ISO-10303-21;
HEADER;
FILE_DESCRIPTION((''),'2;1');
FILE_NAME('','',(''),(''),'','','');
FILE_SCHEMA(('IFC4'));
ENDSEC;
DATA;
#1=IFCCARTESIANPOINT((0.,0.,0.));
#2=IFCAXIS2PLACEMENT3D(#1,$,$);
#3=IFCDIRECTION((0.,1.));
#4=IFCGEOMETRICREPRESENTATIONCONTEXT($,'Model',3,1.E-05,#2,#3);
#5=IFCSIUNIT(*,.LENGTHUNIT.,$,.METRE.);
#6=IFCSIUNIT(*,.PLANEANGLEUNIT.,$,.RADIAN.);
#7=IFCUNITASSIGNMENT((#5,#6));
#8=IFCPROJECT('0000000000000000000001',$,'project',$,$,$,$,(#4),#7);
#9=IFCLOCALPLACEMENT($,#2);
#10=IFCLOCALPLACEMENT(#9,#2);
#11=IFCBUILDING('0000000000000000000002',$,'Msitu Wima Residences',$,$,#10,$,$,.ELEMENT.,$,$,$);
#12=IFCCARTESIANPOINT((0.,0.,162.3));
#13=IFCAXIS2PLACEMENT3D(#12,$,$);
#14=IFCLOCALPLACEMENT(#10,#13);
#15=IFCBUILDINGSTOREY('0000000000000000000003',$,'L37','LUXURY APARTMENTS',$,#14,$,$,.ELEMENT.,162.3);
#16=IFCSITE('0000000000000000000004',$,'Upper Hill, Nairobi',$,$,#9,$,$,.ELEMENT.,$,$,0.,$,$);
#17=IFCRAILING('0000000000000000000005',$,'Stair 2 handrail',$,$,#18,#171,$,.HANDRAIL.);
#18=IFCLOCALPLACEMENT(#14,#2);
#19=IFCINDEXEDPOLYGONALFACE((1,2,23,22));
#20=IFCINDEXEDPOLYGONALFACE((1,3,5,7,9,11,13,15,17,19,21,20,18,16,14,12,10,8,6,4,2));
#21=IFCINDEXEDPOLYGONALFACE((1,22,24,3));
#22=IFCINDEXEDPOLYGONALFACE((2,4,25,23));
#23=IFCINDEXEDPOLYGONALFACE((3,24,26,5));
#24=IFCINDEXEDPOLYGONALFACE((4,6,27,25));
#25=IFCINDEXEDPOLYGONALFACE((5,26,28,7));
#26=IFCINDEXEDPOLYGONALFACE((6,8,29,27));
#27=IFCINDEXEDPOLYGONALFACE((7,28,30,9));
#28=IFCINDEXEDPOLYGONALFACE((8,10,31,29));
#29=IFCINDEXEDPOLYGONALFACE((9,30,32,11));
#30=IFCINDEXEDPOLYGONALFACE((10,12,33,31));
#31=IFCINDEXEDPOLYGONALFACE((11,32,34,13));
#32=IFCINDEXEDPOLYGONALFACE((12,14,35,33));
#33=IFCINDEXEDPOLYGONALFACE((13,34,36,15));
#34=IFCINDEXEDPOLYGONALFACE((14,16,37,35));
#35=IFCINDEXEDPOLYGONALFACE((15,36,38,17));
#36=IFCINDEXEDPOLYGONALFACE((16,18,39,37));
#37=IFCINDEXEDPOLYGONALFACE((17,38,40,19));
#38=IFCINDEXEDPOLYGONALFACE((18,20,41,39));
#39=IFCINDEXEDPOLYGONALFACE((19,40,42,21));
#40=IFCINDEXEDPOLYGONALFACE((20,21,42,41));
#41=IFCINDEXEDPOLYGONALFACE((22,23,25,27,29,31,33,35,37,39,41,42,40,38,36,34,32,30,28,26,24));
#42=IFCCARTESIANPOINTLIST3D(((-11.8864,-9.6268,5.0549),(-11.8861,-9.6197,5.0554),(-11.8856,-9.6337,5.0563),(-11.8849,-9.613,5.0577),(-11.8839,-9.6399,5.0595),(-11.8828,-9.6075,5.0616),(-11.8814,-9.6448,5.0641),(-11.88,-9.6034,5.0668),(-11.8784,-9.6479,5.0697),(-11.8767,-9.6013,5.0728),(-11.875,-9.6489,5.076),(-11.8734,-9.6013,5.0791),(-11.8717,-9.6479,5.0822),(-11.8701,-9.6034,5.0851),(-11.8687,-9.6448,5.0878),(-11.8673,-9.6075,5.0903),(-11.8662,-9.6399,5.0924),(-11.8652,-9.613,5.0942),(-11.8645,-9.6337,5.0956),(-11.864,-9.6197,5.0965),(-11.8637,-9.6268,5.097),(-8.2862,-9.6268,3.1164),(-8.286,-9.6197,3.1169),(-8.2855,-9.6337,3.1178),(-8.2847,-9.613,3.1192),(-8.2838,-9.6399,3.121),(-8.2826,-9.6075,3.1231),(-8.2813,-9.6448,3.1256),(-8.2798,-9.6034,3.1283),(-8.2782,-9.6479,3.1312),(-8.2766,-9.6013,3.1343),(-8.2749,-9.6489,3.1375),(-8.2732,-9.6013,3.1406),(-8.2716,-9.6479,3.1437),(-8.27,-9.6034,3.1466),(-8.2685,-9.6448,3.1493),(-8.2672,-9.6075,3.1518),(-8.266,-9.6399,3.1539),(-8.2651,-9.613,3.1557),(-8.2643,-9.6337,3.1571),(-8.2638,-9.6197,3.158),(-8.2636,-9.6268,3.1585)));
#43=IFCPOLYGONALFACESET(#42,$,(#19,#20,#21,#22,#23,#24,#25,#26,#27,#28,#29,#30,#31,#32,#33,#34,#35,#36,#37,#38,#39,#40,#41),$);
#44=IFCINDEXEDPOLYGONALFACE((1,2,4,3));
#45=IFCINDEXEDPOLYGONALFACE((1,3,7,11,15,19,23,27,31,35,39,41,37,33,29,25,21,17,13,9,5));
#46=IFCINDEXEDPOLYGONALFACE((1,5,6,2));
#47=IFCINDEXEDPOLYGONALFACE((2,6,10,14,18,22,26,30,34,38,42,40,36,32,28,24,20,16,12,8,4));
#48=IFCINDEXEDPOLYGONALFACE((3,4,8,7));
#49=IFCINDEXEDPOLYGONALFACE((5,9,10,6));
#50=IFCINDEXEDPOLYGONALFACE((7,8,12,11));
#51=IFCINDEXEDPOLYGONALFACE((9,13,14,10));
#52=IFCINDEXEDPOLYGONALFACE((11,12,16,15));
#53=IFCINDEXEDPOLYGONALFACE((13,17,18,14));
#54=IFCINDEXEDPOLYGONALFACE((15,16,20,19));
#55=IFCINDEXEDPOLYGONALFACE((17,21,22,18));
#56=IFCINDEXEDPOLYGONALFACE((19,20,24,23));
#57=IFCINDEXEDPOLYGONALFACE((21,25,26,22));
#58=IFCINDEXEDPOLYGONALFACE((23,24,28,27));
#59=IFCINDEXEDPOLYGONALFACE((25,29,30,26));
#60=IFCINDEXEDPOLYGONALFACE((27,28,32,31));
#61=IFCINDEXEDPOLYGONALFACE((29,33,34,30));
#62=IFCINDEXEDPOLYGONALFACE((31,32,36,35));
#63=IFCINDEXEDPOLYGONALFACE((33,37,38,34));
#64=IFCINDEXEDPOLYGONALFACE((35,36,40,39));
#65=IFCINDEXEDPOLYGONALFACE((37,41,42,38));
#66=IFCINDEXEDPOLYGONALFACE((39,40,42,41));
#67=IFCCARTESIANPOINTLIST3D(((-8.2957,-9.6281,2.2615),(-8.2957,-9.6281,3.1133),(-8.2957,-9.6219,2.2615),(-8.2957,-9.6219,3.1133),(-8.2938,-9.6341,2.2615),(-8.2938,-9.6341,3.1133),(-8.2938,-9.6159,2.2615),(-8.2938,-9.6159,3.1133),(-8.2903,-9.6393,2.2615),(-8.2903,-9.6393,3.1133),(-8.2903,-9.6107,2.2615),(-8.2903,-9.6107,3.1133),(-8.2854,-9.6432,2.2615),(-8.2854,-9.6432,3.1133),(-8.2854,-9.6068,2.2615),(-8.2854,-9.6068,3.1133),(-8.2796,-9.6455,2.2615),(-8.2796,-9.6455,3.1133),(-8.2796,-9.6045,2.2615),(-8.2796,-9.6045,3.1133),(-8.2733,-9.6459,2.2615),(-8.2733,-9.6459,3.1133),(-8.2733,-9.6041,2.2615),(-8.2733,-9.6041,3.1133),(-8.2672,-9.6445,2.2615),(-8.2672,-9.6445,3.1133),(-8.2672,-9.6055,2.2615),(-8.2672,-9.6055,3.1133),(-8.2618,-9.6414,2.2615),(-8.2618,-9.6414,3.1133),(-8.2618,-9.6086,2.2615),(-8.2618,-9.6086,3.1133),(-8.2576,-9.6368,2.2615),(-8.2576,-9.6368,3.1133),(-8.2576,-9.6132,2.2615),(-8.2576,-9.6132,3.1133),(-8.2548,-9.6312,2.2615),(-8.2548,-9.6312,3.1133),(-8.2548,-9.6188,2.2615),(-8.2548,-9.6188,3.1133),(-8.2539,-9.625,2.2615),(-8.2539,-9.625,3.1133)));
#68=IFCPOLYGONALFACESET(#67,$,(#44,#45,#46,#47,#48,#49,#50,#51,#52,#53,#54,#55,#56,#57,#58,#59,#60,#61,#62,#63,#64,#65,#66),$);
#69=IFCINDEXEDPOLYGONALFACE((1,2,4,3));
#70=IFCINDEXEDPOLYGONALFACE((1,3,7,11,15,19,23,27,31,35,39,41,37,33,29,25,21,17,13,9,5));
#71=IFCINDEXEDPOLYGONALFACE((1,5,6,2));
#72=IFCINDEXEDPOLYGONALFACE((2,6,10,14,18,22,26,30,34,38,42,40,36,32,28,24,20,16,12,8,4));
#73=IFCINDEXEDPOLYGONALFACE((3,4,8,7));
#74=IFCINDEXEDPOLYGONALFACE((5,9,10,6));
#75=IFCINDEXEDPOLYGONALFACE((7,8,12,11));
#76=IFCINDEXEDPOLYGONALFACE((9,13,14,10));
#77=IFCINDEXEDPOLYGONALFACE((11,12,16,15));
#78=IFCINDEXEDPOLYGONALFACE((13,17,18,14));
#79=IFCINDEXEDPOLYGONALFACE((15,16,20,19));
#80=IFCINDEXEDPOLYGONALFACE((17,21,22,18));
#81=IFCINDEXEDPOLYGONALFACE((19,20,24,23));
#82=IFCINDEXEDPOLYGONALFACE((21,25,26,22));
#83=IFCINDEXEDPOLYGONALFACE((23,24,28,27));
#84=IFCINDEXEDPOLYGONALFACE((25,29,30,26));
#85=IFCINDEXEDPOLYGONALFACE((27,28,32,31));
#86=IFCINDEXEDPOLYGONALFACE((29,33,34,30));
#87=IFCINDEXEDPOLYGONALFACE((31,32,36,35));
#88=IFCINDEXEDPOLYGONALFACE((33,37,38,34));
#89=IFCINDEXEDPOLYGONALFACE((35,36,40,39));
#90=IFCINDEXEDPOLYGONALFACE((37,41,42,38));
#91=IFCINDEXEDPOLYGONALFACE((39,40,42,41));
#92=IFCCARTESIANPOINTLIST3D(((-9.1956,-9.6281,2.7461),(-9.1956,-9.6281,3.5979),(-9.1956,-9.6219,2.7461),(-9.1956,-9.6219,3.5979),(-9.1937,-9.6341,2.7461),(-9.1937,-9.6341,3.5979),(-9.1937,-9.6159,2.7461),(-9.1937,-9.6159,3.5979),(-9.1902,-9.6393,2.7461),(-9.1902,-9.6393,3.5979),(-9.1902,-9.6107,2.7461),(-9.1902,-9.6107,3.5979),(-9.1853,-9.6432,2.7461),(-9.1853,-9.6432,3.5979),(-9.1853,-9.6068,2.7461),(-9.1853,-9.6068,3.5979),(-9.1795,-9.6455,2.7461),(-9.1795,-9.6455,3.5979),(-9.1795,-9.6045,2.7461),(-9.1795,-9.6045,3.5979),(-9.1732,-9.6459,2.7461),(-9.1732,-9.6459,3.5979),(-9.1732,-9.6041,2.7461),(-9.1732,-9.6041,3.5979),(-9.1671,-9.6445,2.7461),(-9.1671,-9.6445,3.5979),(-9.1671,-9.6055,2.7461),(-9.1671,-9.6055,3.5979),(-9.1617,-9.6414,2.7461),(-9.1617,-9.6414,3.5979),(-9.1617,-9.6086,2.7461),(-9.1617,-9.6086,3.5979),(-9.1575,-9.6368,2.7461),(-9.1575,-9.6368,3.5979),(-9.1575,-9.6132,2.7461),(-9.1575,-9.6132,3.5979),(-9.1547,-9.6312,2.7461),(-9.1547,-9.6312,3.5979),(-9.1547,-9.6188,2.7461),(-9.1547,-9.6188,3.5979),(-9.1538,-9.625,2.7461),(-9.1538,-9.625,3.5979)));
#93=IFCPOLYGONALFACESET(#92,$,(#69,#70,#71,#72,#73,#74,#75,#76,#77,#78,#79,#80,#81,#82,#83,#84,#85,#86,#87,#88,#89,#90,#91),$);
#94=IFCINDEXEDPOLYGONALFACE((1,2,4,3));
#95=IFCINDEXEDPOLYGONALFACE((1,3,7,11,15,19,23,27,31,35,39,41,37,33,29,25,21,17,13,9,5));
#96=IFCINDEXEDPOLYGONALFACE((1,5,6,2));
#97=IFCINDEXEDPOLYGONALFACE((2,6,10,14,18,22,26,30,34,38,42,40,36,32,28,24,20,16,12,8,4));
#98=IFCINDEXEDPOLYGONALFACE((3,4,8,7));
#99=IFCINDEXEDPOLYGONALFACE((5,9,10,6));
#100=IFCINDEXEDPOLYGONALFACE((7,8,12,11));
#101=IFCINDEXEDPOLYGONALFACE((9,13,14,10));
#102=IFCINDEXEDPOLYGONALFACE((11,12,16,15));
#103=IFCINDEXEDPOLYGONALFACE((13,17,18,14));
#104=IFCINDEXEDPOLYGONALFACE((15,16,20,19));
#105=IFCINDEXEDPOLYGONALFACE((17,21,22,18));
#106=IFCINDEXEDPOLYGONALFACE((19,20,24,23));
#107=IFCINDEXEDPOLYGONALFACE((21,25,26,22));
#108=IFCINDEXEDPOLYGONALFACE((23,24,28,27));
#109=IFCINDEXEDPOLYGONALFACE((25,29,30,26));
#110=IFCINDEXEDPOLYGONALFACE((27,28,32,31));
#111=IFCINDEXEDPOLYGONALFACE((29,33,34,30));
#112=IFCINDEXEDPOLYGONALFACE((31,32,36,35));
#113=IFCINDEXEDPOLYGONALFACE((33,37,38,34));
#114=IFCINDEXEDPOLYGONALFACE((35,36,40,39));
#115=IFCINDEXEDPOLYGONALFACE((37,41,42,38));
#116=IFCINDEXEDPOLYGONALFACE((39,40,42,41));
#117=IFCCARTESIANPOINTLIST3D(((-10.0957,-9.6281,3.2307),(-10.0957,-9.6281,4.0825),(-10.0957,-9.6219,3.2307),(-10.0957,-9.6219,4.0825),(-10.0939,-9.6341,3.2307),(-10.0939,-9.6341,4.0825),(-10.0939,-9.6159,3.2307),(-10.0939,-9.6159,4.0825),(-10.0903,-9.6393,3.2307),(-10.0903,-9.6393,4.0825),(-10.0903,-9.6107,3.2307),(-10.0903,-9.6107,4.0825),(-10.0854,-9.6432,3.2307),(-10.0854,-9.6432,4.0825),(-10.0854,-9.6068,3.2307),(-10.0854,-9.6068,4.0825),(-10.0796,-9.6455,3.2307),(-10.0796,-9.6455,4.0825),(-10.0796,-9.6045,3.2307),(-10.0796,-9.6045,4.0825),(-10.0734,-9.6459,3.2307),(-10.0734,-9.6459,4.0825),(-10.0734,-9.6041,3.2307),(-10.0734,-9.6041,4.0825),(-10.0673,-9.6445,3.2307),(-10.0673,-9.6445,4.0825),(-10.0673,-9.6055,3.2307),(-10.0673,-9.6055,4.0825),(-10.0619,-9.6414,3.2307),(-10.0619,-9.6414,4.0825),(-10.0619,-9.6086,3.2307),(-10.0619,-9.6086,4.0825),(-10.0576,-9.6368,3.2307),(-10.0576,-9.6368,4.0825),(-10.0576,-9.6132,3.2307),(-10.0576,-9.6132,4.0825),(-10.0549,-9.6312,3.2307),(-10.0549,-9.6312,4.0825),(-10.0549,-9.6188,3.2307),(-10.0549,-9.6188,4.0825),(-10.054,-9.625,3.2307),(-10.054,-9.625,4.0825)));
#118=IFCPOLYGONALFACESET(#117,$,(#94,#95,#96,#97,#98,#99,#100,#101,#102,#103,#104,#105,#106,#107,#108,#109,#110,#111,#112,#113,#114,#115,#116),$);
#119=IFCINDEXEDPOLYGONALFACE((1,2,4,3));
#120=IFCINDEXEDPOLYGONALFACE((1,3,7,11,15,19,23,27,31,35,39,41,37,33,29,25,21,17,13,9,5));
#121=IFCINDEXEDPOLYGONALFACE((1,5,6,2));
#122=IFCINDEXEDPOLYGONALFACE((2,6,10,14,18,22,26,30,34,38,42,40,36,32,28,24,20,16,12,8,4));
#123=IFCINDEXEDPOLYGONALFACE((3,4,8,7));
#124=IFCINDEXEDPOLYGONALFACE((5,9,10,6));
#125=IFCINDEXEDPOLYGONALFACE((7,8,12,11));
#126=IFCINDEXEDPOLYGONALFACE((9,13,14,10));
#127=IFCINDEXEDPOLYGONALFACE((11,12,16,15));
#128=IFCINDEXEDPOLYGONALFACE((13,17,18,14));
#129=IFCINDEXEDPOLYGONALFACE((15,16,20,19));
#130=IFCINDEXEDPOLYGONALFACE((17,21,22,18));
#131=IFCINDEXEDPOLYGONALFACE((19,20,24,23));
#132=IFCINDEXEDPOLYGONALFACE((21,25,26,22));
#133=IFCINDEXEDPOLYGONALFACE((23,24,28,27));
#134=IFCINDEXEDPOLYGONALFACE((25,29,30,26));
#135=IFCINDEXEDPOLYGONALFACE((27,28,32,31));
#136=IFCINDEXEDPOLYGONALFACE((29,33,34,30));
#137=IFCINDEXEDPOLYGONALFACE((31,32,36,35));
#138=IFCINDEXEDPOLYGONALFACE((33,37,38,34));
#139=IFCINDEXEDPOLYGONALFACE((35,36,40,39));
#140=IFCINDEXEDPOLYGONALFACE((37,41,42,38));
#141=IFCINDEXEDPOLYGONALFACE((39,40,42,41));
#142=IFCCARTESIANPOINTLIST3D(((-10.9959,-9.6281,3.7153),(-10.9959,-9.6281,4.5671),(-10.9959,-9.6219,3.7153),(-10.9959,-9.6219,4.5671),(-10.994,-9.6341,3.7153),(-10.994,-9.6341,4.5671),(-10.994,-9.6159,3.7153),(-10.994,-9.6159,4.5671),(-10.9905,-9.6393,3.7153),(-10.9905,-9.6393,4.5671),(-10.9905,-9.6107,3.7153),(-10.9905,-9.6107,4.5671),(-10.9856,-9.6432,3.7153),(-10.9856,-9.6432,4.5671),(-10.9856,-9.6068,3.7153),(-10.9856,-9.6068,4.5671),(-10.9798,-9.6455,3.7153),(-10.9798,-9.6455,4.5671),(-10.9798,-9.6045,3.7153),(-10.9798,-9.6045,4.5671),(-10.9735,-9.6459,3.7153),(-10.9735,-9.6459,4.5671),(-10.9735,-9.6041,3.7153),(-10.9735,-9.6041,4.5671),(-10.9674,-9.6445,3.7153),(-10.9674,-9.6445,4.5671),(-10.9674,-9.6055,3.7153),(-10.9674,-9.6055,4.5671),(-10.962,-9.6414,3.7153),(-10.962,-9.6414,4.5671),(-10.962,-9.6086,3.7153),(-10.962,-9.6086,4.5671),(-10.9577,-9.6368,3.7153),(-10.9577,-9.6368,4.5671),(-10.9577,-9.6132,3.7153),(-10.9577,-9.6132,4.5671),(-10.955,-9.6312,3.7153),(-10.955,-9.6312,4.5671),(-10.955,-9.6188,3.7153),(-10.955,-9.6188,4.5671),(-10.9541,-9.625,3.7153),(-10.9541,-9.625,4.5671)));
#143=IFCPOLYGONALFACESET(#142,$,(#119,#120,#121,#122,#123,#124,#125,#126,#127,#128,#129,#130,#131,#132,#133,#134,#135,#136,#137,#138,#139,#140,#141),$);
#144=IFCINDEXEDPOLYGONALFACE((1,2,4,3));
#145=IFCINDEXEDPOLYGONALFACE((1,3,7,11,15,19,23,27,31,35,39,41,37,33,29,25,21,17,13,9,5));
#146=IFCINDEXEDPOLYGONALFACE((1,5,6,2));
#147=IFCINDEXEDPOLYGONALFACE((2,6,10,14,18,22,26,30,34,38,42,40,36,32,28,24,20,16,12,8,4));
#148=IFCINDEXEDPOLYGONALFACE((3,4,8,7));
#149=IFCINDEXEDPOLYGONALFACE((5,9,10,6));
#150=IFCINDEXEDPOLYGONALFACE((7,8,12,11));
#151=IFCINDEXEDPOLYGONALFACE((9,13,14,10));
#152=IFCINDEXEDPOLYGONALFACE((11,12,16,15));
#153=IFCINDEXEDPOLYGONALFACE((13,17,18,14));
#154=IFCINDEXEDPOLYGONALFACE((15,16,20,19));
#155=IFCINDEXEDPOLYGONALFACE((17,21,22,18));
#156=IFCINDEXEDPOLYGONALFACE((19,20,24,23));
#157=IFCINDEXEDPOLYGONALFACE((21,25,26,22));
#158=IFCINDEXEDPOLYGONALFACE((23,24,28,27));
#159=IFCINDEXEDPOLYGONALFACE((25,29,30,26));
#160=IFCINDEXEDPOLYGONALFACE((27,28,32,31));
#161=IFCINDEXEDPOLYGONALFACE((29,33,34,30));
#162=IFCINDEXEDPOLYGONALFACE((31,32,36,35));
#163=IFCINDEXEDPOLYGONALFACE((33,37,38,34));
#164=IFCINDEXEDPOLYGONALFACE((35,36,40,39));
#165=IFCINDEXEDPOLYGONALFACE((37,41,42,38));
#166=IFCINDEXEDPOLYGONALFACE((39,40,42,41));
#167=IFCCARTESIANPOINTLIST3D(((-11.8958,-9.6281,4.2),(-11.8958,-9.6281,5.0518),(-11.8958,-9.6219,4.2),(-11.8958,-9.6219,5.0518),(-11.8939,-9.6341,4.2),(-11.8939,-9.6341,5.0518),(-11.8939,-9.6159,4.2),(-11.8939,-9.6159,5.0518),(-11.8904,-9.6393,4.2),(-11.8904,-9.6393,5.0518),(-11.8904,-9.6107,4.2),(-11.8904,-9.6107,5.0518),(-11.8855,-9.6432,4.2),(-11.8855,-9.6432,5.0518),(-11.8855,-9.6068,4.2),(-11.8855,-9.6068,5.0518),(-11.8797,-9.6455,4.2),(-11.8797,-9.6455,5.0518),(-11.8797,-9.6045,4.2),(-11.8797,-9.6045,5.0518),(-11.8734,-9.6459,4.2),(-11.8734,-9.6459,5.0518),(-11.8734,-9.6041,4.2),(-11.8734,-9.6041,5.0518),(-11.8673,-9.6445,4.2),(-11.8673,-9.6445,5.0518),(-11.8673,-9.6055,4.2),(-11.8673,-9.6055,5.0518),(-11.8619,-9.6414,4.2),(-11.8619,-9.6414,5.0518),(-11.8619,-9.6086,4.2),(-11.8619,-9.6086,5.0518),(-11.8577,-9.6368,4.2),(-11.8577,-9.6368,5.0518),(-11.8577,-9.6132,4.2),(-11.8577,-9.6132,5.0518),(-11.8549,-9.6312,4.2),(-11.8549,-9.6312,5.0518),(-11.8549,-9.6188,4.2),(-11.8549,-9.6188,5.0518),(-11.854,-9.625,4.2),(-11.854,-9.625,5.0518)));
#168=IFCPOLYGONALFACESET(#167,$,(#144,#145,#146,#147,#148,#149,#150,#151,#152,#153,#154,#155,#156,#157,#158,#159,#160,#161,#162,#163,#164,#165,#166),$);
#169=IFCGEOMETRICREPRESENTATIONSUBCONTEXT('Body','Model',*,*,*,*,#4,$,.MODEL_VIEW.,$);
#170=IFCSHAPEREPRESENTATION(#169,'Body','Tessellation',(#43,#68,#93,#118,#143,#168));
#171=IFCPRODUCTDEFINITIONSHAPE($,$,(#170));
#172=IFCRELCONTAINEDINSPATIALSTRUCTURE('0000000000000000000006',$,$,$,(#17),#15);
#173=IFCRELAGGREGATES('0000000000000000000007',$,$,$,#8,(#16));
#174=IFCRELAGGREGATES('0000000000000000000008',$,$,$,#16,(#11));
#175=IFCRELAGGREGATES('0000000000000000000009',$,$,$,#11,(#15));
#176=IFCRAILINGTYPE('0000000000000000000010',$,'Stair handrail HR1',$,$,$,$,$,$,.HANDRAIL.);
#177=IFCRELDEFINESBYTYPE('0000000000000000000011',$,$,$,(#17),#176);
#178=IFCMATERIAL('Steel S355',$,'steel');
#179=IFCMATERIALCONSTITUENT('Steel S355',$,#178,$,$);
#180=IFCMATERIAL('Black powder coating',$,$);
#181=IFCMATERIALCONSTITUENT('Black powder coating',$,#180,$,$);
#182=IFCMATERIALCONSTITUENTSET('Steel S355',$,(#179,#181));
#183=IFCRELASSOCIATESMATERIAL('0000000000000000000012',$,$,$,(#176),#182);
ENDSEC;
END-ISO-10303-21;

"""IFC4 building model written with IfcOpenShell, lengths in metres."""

from ifc_helpers import new_model, si_unit, direction, frame, origin, origin_2d, place, context, subcontext, project, spatial, circle, extrude, material, constituent, constituent_set, type_object, element, save


model = new_model("IFC4")

# Units and contexts
model_context = context("Model", 3, precision=1e-05, world=origin(), true_north=direction((0.0, 1.0)))
body_context = subcontext(model_context, "Body", "Model", "MODEL_VIEW")
ifc_project = project(units=[si_unit("LENGTHUNIT", "METRE"), si_unit("PLANEANGLEUNIT", "RADIAN")], contexts=[model_context])

# Site, building, storey
site_placement = place(None, origin())
site = spatial("IfcSite", under=ifc_project, at=site_placement, Name="Upper Hill, Nairobi", CompositionType="ELEMENT", RefElevation=0.0)
building_placement = place(site_placement, origin())
building = spatial("IfcBuilding", under=site, at=building_placement, Name="Msitu Wima Residences", CompositionType="ELEMENT")
storey_placement = place(building_placement, frame((0.0, 0.0, 162.3)))
storey = spatial("IfcBuildingStorey", under=building, at=storey_placement, Name="L37", Description="LUXURY APARTMENTS", CompositionType="ELEMENT", Elevation=162.3)

# Railing
ifc_material_1 = material(Name="Steel S355", Category="steel")
ifc_constituent_1 = constituent(ifc_material_1, Name="Steel S355")
ifc_material_2 = material(Name="Black powder coating")
ifc_constituent_2 = constituent(ifc_material_2, Name="Black powder coating")
ifc_constituent_set = constituent_set(constituents=[ifc_constituent_1, ifc_constituent_2], Name="Steel S355")
railing_type = type_object("IfcRailingType", Name="Stair handrail HR1", PredefinedType="HANDRAIL", material=ifc_constituent_set)
for number, where, name in (
    (1, (-8.2749, -9.625, 2.2615), "Stair 2 handrail"),
):
    element("IfcRailing", number, at=place(storey_placement, frame(where)), inside=storey, type_object=railing_type, Name=name, PredefinedType="HANDRAIL", context=body_context, shape_type="SweptSolid", body=[
        extrude(circle(Radius=0.0239, at=origin_2d()), frame((0.0, 0.0, 0.876), z_axis=(-0.880475, 0.0, 0.474093), x_axis=(0.0, -1.0, 0.0)), (0.0, 0.0, 1.0), 4.0889),
        extrude(circle(Radius=0.021, at=origin_2d()), origin(), (0.0, 0.0, 1.0), 0.8518),
        extrude(circle(Radius=0.021, at=origin_2d()), frame((-0.8999, 0.0, 0.4846)), (0.0, 0.0, 1.0), 0.8518),
        extrude(circle(Radius=0.021, at=origin_2d()), frame((-1.8, 0.0, 0.9692)), (0.0, 0.0, 1.0), 0.8518),
        extrude(circle(Radius=0.021, at=origin_2d()), frame((-2.7002, 0.0, 1.4539)), (0.0, 0.0, 1.0), 0.8518),
        extrude(circle(Radius=0.021, at=origin_2d()), frame((-3.6001, 0.0, 1.9385)), (0.0, 0.0, 1.0), 0.8518),
    ])

save(model, "model.ifc")
